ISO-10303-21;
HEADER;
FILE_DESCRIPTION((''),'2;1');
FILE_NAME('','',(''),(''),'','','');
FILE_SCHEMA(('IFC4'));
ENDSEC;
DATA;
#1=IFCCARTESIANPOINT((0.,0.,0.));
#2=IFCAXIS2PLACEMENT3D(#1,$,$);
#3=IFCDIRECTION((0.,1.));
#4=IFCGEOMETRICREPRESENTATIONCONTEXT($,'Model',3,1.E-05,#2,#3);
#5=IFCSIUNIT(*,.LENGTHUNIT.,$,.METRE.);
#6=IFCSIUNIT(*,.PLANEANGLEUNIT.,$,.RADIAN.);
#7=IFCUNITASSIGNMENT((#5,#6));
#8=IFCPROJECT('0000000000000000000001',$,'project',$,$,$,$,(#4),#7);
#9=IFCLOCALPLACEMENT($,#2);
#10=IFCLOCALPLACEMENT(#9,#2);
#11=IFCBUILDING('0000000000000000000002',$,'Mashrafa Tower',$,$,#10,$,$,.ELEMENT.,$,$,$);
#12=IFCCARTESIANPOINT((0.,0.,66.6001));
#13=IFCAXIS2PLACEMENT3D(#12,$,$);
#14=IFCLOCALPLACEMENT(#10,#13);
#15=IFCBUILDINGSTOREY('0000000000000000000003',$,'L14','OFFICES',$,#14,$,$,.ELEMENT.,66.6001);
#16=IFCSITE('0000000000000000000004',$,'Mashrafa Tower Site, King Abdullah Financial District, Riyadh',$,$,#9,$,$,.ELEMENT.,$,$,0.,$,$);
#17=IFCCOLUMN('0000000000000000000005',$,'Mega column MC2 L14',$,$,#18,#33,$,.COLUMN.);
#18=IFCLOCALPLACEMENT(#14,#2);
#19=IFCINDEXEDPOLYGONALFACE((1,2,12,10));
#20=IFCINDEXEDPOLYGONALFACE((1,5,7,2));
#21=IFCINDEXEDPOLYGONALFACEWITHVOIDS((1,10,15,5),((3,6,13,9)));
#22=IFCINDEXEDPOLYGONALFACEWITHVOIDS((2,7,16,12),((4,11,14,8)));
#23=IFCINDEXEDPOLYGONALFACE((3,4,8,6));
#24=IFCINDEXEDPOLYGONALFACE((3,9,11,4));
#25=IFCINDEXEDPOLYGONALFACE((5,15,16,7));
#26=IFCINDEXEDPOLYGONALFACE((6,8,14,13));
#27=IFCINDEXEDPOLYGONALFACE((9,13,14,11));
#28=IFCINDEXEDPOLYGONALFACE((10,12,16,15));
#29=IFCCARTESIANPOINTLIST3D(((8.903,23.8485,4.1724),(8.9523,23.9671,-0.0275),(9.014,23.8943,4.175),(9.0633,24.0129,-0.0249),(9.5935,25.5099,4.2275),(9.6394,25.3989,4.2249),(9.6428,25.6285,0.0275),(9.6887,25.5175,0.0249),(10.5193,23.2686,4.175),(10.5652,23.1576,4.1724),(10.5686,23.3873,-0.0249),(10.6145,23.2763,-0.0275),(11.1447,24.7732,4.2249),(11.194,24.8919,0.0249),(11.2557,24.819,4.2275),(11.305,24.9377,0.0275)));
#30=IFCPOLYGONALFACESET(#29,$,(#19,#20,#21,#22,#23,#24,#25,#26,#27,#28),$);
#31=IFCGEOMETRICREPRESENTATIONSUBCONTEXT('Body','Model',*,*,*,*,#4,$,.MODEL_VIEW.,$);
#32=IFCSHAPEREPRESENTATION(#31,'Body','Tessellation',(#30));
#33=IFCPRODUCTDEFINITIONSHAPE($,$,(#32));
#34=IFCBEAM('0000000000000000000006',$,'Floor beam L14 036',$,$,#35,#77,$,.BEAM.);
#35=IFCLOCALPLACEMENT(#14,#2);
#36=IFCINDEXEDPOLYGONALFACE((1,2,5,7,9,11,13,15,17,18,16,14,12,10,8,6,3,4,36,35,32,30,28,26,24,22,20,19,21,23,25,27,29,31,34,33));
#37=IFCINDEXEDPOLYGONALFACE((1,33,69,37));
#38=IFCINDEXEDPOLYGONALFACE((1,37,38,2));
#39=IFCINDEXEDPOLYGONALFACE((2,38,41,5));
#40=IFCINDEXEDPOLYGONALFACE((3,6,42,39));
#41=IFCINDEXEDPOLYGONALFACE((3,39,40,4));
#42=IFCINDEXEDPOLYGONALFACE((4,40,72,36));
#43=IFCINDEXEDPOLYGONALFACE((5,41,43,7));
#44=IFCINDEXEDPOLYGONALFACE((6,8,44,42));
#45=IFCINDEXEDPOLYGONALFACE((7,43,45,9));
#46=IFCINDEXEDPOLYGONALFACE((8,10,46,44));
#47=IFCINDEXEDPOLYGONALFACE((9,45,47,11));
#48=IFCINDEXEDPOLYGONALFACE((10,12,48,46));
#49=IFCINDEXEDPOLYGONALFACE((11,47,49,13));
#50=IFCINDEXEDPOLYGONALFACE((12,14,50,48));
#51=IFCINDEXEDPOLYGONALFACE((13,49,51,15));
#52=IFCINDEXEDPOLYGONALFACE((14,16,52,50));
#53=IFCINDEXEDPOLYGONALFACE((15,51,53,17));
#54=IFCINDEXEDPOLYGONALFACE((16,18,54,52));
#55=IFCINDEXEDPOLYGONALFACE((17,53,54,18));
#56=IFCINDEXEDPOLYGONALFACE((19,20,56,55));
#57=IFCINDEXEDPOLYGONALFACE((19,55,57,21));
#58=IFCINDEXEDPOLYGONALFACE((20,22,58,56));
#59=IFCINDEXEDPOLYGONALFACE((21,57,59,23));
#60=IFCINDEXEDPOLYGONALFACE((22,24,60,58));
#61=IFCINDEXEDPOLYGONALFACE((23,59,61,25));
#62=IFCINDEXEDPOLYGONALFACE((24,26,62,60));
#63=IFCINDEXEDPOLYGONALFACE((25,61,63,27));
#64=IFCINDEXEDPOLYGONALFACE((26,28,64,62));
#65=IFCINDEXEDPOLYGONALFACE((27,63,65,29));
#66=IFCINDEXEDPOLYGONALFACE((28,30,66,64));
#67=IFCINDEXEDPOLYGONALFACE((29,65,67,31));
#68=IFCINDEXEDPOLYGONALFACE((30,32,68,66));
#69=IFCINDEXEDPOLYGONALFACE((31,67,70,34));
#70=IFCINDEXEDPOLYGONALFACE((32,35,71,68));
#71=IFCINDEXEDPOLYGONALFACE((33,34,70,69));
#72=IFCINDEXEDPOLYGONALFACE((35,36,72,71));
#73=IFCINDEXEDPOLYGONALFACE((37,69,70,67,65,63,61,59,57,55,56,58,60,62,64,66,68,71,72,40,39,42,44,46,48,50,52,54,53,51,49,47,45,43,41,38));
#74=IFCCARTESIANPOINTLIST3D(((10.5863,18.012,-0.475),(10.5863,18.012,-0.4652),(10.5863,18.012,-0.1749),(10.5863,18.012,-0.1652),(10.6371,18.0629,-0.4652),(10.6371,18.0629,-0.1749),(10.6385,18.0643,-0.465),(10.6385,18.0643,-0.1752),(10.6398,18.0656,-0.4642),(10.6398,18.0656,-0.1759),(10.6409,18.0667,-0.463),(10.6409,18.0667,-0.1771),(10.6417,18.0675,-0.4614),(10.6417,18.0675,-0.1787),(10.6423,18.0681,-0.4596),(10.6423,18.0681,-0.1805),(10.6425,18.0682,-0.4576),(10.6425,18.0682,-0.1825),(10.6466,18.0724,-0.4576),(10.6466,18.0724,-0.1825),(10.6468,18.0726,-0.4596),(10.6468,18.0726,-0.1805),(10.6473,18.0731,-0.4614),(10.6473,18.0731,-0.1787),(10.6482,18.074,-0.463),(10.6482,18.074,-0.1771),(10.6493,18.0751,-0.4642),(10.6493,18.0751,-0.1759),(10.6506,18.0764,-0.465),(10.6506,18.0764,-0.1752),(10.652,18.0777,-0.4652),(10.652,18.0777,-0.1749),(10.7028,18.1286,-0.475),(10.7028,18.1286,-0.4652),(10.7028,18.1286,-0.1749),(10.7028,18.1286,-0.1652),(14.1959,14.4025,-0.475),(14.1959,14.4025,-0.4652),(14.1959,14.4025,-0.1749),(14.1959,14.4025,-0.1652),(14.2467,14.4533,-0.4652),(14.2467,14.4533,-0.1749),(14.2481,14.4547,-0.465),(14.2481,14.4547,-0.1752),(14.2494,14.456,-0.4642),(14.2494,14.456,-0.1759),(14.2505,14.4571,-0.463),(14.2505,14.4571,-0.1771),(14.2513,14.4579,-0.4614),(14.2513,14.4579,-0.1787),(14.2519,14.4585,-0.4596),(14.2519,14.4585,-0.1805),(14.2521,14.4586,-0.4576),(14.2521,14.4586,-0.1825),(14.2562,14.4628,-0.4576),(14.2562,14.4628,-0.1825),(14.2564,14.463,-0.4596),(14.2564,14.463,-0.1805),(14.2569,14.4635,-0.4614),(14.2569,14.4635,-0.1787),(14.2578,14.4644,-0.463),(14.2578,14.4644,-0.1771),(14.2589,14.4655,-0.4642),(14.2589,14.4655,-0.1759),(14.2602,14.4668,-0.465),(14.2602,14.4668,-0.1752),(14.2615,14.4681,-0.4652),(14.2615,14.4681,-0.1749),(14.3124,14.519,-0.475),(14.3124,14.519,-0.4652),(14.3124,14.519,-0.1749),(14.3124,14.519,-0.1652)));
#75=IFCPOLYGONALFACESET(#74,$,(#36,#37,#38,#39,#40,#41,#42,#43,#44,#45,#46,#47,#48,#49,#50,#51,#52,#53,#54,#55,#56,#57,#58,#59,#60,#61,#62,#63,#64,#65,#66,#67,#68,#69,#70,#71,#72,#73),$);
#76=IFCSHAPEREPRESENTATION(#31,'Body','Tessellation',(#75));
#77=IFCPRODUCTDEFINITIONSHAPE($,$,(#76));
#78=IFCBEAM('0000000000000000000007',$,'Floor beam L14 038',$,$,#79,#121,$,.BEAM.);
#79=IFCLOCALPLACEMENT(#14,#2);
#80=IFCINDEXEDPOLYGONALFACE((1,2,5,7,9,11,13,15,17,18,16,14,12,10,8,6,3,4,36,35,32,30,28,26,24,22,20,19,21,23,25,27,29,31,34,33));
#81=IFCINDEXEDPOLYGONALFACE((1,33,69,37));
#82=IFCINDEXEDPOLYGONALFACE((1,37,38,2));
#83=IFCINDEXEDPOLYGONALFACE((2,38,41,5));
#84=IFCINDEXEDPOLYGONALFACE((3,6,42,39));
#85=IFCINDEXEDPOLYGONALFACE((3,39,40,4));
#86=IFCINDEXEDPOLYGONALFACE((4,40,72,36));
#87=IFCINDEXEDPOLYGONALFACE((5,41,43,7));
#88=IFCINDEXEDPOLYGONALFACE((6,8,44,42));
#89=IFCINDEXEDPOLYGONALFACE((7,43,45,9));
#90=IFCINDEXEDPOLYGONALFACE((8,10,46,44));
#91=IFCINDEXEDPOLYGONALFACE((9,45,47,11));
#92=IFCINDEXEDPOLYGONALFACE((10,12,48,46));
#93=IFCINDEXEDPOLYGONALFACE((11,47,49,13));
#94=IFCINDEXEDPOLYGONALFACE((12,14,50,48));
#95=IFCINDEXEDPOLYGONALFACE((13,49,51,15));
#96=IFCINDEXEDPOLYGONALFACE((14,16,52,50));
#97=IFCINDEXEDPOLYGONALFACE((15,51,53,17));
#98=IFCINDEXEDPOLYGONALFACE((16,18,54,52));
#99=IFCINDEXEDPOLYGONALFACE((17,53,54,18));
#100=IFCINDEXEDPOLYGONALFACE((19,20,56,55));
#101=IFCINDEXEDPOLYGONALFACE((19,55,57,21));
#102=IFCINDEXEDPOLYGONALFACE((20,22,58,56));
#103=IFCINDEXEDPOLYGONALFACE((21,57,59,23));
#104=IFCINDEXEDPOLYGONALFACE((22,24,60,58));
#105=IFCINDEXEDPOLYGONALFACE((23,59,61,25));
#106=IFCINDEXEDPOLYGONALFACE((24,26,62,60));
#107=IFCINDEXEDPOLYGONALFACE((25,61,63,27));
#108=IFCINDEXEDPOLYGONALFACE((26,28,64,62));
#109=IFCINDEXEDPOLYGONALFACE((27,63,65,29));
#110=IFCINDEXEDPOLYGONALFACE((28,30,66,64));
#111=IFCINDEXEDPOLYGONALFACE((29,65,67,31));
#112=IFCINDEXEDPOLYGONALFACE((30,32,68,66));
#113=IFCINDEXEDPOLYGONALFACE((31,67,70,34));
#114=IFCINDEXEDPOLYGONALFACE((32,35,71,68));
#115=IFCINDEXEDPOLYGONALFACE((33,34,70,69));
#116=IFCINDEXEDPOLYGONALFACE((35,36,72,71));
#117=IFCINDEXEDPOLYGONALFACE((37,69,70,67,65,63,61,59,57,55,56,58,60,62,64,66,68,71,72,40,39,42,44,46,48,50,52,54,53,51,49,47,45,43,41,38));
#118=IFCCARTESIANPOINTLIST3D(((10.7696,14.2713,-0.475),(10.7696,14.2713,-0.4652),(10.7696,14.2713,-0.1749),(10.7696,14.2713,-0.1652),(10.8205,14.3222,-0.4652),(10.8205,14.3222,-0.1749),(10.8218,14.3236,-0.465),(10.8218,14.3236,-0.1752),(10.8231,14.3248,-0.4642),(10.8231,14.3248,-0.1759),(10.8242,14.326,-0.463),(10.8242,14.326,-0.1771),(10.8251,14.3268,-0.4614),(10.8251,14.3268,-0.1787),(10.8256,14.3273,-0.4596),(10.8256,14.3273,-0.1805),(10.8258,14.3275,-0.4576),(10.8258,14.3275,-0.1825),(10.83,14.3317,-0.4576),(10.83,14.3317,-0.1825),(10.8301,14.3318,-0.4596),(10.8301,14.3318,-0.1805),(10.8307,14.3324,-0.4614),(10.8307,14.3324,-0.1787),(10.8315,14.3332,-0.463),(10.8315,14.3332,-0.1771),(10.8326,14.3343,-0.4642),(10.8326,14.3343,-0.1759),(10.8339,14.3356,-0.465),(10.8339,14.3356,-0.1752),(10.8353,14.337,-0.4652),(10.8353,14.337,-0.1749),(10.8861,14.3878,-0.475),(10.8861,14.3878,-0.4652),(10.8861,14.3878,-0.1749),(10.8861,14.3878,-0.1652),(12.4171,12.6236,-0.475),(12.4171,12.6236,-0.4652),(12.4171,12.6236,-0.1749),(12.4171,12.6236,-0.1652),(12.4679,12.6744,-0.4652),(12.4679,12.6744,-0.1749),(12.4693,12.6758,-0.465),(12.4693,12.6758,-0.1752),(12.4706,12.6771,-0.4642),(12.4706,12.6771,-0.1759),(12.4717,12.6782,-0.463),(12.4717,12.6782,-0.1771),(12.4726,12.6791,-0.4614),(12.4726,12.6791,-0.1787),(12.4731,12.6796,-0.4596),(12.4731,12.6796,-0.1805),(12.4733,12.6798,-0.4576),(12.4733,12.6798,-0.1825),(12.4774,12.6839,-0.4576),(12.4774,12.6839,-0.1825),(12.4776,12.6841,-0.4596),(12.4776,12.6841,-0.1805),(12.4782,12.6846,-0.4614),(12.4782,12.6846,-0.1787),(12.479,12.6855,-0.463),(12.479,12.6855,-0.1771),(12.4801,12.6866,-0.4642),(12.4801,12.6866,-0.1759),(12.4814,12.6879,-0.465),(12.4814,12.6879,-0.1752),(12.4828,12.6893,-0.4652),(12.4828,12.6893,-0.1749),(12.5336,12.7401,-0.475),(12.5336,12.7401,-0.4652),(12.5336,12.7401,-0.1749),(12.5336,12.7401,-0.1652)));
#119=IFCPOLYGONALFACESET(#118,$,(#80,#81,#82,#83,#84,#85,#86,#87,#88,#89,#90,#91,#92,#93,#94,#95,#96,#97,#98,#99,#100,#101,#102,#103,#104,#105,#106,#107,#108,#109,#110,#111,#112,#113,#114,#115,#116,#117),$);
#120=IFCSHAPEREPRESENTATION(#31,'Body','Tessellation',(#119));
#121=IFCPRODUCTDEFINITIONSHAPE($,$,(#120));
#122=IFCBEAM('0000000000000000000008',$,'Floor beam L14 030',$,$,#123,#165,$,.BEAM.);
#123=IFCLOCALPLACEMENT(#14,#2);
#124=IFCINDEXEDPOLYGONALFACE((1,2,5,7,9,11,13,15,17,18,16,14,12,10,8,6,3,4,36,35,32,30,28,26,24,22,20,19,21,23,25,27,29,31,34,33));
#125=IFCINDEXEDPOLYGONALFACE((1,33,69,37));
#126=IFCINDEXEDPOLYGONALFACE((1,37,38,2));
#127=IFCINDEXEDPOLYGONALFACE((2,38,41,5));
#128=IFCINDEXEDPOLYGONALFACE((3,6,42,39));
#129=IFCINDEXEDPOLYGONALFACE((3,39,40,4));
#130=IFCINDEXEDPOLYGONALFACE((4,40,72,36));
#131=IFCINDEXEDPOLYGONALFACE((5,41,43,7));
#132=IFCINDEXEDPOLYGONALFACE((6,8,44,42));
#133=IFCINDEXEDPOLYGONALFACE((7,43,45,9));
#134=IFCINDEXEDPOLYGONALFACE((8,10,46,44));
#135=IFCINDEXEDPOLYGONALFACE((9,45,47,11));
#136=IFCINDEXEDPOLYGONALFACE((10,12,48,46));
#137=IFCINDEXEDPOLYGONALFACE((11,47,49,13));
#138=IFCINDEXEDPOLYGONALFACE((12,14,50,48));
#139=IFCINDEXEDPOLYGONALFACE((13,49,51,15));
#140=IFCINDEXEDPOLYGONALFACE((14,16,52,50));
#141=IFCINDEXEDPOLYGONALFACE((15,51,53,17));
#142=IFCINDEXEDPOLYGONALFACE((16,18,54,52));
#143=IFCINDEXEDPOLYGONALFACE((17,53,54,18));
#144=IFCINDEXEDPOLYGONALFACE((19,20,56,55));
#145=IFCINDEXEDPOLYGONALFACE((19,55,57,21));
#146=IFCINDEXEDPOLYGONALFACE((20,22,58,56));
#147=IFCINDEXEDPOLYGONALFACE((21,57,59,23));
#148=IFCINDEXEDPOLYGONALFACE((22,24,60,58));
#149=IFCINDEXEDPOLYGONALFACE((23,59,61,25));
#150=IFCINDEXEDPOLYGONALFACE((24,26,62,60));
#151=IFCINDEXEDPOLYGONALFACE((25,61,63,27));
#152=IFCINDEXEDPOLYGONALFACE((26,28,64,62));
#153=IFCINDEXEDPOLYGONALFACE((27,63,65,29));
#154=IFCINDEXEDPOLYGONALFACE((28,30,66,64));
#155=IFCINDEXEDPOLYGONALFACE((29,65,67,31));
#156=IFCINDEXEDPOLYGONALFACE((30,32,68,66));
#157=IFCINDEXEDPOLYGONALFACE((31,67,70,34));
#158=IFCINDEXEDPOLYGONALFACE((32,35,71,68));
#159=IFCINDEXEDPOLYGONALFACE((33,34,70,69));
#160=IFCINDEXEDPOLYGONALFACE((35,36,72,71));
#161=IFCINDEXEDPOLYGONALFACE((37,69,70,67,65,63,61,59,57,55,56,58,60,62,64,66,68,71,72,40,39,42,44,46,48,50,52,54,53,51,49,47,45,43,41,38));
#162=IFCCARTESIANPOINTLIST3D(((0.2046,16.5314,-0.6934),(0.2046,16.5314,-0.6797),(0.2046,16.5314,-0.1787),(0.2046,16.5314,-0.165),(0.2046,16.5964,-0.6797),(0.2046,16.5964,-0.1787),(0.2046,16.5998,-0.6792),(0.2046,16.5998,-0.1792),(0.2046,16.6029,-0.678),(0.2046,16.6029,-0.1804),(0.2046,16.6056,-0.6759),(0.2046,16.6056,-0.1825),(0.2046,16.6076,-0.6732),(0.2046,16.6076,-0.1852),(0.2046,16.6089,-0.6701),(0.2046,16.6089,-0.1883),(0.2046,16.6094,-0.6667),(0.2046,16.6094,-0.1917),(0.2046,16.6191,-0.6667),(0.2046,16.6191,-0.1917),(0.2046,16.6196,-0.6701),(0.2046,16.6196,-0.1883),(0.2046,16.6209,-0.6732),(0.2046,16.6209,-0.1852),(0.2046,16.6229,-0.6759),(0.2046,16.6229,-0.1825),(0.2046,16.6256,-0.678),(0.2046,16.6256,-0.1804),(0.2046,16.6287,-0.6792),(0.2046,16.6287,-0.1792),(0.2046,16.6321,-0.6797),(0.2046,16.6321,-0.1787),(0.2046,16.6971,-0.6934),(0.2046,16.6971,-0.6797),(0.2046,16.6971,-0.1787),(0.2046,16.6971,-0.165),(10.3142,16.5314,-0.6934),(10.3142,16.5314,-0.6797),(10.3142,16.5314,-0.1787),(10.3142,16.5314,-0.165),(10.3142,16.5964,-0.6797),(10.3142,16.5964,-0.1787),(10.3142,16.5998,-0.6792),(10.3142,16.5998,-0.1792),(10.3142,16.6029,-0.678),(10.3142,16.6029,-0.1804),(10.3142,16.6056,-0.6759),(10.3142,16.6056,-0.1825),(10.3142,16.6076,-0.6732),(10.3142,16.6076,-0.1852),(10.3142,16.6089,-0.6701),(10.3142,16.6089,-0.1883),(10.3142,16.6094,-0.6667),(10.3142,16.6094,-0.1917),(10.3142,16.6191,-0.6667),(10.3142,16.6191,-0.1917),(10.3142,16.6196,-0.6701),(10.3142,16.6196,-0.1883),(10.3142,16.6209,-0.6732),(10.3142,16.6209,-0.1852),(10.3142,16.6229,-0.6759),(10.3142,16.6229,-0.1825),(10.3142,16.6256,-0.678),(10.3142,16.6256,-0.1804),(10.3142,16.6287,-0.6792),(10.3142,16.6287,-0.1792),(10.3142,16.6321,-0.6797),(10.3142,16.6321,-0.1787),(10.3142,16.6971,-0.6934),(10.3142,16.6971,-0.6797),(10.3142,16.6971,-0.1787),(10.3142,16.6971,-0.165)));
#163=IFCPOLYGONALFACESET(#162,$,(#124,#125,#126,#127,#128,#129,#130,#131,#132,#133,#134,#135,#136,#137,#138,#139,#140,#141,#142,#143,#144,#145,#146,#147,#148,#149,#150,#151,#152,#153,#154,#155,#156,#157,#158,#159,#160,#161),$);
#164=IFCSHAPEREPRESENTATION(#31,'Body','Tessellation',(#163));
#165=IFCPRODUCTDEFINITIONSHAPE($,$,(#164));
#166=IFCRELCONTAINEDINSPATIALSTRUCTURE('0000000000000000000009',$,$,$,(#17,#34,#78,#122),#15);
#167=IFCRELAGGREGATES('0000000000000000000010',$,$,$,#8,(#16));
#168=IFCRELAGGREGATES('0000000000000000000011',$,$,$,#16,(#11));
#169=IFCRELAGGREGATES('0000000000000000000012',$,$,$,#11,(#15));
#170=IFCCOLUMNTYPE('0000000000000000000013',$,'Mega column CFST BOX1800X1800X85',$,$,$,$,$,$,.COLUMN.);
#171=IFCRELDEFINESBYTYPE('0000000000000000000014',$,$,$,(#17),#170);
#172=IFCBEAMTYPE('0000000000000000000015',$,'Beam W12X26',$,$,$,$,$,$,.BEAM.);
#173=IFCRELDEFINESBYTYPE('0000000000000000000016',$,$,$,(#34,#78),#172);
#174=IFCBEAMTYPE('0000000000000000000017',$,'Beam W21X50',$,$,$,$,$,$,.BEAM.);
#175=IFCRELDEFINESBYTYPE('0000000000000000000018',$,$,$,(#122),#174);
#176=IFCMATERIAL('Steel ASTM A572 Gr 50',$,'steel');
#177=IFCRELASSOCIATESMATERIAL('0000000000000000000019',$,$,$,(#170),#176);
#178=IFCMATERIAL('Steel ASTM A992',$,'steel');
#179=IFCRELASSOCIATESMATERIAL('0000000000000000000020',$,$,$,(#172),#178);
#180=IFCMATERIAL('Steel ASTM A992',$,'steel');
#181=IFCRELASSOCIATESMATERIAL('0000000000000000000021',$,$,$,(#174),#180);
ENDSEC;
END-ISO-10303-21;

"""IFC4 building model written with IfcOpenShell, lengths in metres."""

from ifc_helpers import new_model, si_unit, direction, frame, origin, origin_2d, place, context, subcontext, project, spatial, hollow_rectangle, i_section, extrude, material, material_profile, profile_set, type_object, element, save


model = new_model("IFC4")

# Units and contexts
model_context = context("Model", 3, precision=1e-05, world=origin(), true_north=direction((0.0, 1.0)))
body_context = subcontext(model_context, "Body", "Model", "MODEL_VIEW")
ifc_project = project(units=[si_unit("LENGTHUNIT", "METRE"), si_unit("PLANEANGLEUNIT", "RADIAN")], contexts=[model_context])

# Site, building, storey
site_placement = place(None, origin())
site = spatial("IfcSite", under=ifc_project, at=site_placement, Name="Mashrafa Tower Site, King Abdullah Financial District, Riyadh", CompositionType="ELEMENT", RefElevation=0.0)
building_placement = place(site_placement, origin())
building = spatial("IfcBuilding", under=site, at=building_placement, Name="Mashrafa Tower", CompositionType="ELEMENT")
storey_placement = place(building_placement, frame((0.0, 0.0, 66.6001)))
storey = spatial("IfcBuildingStorey", under=building, at=storey_placement, Name="L14", Description="OFFICES", CompositionType="ELEMENT", Elevation=66.6001)

# Column
ifc_material_1 = material(Name="Steel ASTM A572 Gr 50", Category="steel")
ifc_material_profile_1 = material_profile(ifc_material_1, hollow_rectangle(XDim=1.8, YDim=1.8, WallThickness=0.085, at=origin_2d()), Name="BOX1800X1800X85")
ifc_profile_set_1 = profile_set([ifc_material_profile_1], Name="Steel ASTM A572 Gr 50")
column_type = type_object("IfcColumnType", Name="Mega column CFST BOX1800X1800X85", PredefinedType="COLUMN", material=ifc_profile_set_1)
column_placement = place(storey_placement, frame((10.1287, 24.4524, 0.0), z_axis=(-0.011737, -0.028238, 0.999532), x_axis=(0.923414, -0.383806, 0.0)))
element("IfcColumn", 1, at=column_placement, inside=storey, type_object=column_type, Name="Mega column MC2 L14", PredefinedType="COLUMN", context=body_context, shape_type="SweptSolid", body=[
    extrude(hollow_rectangle(XDim=1.8, YDim=1.8, WallThickness=0.085, at=origin_2d()), origin(), (0.0, 0.0, 1.0), 4.2019),
])

# Beams
ifc_material_2 = material(Name="Steel ASTM A992", Category="steel")
ifc_material_profile_2 = material_profile(ifc_material_2, i_section(OverallWidth=0.1648, OverallDepth=0.3098, WebThickness=0.0059, FlangeThickness=0.0098, FilletRadius=0.0076, at=origin_2d()), Name="W12X26")
ifc_profile_set_2 = profile_set([ifc_material_profile_2], Name="Steel ASTM A992")
beam_type_1 = type_object("IfcBeamType", Name="Beam W12X26", PredefinedType="BEAM", material=ifc_profile_set_2)
beam_1_placement = place(storey_placement, frame((10.6445, 18.0703, -0.3201), z_axis=(0.707107, -0.707107, 0.0), x_axis=(0.707107, 0.707107, 0.0)))
element("IfcBeam", 2, at=beam_1_placement, inside=storey, type_object=beam_type_1, Name="Floor beam L14 036", PredefinedType="BEAM", context=body_context, shape_type="SweptSolid", body=[
    extrude(i_section(OverallWidth=0.1648, OverallDepth=0.3098, WebThickness=0.0059, FlangeThickness=0.0098, FilletRadius=0.0076, at=origin_2d()), origin(), (0.0, 0.0, 1.0), 5.1047),
])
beam_2_placement = place(storey_placement, frame((10.8279, 14.3296, -0.3201), z_axis=(0.707054, -0.707159, 0.0), x_axis=(0.707159, 0.707054, 0.0)))
element("IfcBeam", 3, at=beam_2_placement, inside=storey, type_object=beam_type_1, Name="Floor beam L14 038", PredefinedType="BEAM", context=body_context, shape_type="SweptSolid", body=[
    extrude(i_section(OverallWidth=0.1648, OverallDepth=0.3098, WebThickness=0.0059, FlangeThickness=0.0098, FilletRadius=0.0076, at=origin_2d()), origin(), (0.0, 0.0, 1.0), 2.3301),
])
ifc_material_3 = material(Name="Steel ASTM A992", Category="steel")
ifc_material_profile_3 = material_profile(ifc_material_3, i_section(OverallWidth=0.1658, OverallDepth=0.5283, WebThickness=0.0098, FlangeThickness=0.0137, FilletRadius=0.0129, at=origin_2d()), Name="W21X50")
ifc_profile_set_3 = profile_set([ifc_material_profile_3], Name="Steel ASTM A992")
beam_type_2 = type_object("IfcBeamType", Name="Beam W21X50", PredefinedType="BEAM", material=ifc_profile_set_3)
beam_3_placement = place(storey_placement, frame((0.2046, 16.6143, -0.4292), z_axis=(1.0, 0.0, 0.0), x_axis=(0.0, 1.0, 0.0)))
element("IfcBeam", 4, at=beam_3_placement, inside=storey, type_object=beam_type_2, Name="Floor beam L14 030", PredefinedType="BEAM", context=body_context, shape_type="SweptSolid", body=[
    extrude(i_section(OverallWidth=0.1658, OverallDepth=0.5283, WebThickness=0.0098, FlangeThickness=0.0137, FilletRadius=0.0129, at=origin_2d()), origin(), (0.0, 0.0, 1.0), 10.1096),
])

save(model, "model.ifc")
